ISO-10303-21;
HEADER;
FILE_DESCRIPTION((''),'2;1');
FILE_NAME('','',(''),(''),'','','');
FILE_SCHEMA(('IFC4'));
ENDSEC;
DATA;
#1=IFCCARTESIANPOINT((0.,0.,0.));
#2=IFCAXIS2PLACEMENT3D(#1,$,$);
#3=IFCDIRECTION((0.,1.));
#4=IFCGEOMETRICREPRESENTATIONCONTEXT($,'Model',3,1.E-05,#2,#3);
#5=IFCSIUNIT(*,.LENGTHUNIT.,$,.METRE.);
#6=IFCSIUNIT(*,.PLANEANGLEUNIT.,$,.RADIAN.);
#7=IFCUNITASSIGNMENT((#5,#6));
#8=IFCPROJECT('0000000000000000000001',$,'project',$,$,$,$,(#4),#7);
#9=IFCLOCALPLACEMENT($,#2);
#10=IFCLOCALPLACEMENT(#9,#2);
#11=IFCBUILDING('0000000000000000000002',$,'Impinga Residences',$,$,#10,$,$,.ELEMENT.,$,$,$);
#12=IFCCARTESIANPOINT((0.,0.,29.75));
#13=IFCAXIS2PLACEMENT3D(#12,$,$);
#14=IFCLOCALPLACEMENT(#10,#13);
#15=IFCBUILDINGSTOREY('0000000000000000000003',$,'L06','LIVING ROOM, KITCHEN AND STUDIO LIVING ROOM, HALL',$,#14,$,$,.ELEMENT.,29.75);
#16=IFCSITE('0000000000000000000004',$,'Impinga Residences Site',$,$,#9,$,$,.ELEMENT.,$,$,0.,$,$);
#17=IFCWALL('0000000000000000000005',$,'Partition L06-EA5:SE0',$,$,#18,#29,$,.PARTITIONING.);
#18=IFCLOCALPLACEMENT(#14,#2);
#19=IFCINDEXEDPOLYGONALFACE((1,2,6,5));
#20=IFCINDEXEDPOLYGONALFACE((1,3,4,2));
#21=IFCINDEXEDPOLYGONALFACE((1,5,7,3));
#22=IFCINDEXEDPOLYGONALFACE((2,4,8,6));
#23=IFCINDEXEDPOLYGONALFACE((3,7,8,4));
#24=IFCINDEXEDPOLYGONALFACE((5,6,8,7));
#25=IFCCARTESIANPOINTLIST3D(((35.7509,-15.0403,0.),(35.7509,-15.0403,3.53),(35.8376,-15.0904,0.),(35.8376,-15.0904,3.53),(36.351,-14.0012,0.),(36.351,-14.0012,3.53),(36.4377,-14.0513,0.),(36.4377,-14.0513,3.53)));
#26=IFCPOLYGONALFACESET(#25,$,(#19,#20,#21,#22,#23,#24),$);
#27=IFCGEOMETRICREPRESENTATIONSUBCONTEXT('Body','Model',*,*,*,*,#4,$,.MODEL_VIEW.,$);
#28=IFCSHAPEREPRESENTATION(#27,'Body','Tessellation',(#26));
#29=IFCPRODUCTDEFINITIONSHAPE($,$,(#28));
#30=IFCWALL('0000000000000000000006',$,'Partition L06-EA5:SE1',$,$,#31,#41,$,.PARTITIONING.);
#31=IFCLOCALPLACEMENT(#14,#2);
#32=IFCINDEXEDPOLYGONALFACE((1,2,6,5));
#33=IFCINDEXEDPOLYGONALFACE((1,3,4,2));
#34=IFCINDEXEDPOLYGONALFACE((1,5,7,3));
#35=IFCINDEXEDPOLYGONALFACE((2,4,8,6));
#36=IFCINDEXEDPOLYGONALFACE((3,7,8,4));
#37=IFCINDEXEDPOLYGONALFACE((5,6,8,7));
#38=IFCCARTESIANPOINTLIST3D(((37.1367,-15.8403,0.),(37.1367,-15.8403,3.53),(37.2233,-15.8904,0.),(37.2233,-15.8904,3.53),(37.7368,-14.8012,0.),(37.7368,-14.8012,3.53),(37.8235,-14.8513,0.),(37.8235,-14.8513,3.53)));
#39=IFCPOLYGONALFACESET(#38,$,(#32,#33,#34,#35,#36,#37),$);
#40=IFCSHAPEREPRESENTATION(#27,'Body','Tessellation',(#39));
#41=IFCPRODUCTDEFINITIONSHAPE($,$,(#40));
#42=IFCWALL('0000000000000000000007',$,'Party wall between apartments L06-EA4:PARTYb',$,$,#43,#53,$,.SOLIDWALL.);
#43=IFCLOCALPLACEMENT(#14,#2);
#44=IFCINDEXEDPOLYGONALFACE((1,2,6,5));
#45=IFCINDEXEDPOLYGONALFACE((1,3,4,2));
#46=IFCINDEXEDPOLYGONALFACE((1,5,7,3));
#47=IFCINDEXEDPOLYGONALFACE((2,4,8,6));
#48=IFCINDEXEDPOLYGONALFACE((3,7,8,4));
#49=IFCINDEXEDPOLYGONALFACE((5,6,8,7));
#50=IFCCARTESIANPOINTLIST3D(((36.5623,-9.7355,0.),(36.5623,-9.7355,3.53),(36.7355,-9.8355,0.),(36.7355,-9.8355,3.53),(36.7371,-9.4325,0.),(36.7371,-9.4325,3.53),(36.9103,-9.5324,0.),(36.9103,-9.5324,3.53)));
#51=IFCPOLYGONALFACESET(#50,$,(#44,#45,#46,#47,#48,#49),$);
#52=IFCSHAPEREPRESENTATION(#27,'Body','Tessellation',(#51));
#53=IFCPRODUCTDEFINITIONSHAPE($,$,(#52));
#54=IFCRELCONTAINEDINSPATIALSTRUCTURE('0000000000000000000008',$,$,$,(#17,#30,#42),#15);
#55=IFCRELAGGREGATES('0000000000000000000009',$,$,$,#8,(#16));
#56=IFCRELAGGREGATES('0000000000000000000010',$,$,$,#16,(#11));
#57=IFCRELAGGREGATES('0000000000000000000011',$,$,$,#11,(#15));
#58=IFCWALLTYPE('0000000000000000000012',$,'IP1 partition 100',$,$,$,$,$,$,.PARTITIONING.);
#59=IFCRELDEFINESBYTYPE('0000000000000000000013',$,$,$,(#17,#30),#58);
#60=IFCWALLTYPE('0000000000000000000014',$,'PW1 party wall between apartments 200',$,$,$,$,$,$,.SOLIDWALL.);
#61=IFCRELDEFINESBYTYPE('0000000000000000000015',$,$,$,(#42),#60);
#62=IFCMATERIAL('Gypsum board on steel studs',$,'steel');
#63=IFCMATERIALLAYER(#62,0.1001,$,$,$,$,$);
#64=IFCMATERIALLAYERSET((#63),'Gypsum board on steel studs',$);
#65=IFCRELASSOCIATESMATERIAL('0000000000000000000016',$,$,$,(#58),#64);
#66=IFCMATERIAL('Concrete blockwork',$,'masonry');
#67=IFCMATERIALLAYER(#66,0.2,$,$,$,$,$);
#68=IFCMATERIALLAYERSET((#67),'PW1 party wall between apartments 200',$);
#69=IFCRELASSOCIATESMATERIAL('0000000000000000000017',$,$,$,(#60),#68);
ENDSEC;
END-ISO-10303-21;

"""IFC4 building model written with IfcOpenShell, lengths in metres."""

from ifc_helpers import new_model, si_unit, direction, frame, frame_2d, origin, place, context, subcontext, project, spatial, rectangle, extrude, material, layer, layer_set, type_object, element, save


model = new_model("IFC4")

# Units and contexts
model_context = context("Model", 3, precision=1e-05, world=origin(), true_north=direction((0.0, 1.0)))
body_context = subcontext(model_context, "Body", "Model", "MODEL_VIEW")
ifc_project = project(units=[si_unit("LENGTHUNIT", "METRE"), si_unit("PLANEANGLEUNIT", "RADIAN")], contexts=[model_context])

# Site, building, storey
site_placement = place(None, origin())
site = spatial("IfcSite", under=ifc_project, at=site_placement, Name="Impinga Residences Site", CompositionType="ELEMENT", RefElevation=0.0)
building_placement = place(site_placement, origin())
building = spatial("IfcBuilding", under=site, at=building_placement, Name="Impinga Residences", CompositionType="ELEMENT")
storey_placement = place(building_placement, frame((0.0, 0.0, 29.75)))
storey = spatial("IfcBuildingStorey", under=building, at=storey_placement, Name="L06", Description="LIVING ROOM, KITCHEN AND STUDIO LIVING ROOM, HALL", CompositionType="ELEMENT", Elevation=29.75)

# Shared definitions
ifc_material_1 = material(Name="Gypsum board on steel studs", Category="steel")
ifc_layer_1 = layer(ifc_material_1, 0.1001)
ifc_layer_set_1 = layer_set([ifc_layer_1], Name="Gypsum board on steel studs")
wall_type_1 = type_object("IfcWallType", Name="IP1 partition 100", PredefinedType="PARTITIONING", material=ifc_layer_set_1)

# Walls
for number, where, z_axis, x_axis, name in (
    (1, (35.7942, -15.0654, 0.0), (0.0, 0.0, 1.0), (0.500122, 0.865955, 0.0), "Partition L06-EA5:SE0"),
    (2, (37.1799, -15.8655, 0.0), (0.0, 0.0, 1.0), (0.500122, 0.865955, 0.0), "Partition L06-EA5:SE1"),
):
    element("IfcWall", number, at=place(storey_placement, frame(where, z_axis=z_axis, x_axis=x_axis)), inside=storey, type_object=wall_type_1, Name=name, PredefinedType="PARTITIONING", context=body_context, shape_type="SweptSolid", body=[
        extrude(rectangle(XDim=1.2, YDim=0.1001, at=frame_2d((0.6001, 0.0))), origin(), (0.0, 0.0, 1.0), 3.53),
    ])
ifc_material_2 = material(Name="Concrete blockwork", Category="masonry")
ifc_layer_2 = layer(ifc_material_2, 0.2)
ifc_layer_set_2 = layer_set([ifc_layer_2], Name="PW1 party wall between apartments 200")
wall_type_2 = type_object("IfcWallType", Name="PW1 party wall between apartments 200", PredefinedType="SOLIDWALL", material=ifc_layer_set_2)
wall_1_placement = place(storey_placement, frame((36.6489, -9.7854, 0.0), z_axis=(0.0, 0.0, 1.0), x_axis=(0.499743, 0.866174, 0.0)))
element("IfcWall", 3, at=wall_1_placement, inside=storey, type_object=wall_type_2, Name="Party wall between apartments L06-EA4:PARTYb", PredefinedType="SOLIDWALL", context=body_context, shape_type="SweptSolid", body=[
    extrude(rectangle(XDim=0.3499, YDim=0.2, at=frame_2d((0.1748, 0.0))), origin(), (0.0, 0.0, 1.0), 3.53),
])

save(model, "model.ifc")
